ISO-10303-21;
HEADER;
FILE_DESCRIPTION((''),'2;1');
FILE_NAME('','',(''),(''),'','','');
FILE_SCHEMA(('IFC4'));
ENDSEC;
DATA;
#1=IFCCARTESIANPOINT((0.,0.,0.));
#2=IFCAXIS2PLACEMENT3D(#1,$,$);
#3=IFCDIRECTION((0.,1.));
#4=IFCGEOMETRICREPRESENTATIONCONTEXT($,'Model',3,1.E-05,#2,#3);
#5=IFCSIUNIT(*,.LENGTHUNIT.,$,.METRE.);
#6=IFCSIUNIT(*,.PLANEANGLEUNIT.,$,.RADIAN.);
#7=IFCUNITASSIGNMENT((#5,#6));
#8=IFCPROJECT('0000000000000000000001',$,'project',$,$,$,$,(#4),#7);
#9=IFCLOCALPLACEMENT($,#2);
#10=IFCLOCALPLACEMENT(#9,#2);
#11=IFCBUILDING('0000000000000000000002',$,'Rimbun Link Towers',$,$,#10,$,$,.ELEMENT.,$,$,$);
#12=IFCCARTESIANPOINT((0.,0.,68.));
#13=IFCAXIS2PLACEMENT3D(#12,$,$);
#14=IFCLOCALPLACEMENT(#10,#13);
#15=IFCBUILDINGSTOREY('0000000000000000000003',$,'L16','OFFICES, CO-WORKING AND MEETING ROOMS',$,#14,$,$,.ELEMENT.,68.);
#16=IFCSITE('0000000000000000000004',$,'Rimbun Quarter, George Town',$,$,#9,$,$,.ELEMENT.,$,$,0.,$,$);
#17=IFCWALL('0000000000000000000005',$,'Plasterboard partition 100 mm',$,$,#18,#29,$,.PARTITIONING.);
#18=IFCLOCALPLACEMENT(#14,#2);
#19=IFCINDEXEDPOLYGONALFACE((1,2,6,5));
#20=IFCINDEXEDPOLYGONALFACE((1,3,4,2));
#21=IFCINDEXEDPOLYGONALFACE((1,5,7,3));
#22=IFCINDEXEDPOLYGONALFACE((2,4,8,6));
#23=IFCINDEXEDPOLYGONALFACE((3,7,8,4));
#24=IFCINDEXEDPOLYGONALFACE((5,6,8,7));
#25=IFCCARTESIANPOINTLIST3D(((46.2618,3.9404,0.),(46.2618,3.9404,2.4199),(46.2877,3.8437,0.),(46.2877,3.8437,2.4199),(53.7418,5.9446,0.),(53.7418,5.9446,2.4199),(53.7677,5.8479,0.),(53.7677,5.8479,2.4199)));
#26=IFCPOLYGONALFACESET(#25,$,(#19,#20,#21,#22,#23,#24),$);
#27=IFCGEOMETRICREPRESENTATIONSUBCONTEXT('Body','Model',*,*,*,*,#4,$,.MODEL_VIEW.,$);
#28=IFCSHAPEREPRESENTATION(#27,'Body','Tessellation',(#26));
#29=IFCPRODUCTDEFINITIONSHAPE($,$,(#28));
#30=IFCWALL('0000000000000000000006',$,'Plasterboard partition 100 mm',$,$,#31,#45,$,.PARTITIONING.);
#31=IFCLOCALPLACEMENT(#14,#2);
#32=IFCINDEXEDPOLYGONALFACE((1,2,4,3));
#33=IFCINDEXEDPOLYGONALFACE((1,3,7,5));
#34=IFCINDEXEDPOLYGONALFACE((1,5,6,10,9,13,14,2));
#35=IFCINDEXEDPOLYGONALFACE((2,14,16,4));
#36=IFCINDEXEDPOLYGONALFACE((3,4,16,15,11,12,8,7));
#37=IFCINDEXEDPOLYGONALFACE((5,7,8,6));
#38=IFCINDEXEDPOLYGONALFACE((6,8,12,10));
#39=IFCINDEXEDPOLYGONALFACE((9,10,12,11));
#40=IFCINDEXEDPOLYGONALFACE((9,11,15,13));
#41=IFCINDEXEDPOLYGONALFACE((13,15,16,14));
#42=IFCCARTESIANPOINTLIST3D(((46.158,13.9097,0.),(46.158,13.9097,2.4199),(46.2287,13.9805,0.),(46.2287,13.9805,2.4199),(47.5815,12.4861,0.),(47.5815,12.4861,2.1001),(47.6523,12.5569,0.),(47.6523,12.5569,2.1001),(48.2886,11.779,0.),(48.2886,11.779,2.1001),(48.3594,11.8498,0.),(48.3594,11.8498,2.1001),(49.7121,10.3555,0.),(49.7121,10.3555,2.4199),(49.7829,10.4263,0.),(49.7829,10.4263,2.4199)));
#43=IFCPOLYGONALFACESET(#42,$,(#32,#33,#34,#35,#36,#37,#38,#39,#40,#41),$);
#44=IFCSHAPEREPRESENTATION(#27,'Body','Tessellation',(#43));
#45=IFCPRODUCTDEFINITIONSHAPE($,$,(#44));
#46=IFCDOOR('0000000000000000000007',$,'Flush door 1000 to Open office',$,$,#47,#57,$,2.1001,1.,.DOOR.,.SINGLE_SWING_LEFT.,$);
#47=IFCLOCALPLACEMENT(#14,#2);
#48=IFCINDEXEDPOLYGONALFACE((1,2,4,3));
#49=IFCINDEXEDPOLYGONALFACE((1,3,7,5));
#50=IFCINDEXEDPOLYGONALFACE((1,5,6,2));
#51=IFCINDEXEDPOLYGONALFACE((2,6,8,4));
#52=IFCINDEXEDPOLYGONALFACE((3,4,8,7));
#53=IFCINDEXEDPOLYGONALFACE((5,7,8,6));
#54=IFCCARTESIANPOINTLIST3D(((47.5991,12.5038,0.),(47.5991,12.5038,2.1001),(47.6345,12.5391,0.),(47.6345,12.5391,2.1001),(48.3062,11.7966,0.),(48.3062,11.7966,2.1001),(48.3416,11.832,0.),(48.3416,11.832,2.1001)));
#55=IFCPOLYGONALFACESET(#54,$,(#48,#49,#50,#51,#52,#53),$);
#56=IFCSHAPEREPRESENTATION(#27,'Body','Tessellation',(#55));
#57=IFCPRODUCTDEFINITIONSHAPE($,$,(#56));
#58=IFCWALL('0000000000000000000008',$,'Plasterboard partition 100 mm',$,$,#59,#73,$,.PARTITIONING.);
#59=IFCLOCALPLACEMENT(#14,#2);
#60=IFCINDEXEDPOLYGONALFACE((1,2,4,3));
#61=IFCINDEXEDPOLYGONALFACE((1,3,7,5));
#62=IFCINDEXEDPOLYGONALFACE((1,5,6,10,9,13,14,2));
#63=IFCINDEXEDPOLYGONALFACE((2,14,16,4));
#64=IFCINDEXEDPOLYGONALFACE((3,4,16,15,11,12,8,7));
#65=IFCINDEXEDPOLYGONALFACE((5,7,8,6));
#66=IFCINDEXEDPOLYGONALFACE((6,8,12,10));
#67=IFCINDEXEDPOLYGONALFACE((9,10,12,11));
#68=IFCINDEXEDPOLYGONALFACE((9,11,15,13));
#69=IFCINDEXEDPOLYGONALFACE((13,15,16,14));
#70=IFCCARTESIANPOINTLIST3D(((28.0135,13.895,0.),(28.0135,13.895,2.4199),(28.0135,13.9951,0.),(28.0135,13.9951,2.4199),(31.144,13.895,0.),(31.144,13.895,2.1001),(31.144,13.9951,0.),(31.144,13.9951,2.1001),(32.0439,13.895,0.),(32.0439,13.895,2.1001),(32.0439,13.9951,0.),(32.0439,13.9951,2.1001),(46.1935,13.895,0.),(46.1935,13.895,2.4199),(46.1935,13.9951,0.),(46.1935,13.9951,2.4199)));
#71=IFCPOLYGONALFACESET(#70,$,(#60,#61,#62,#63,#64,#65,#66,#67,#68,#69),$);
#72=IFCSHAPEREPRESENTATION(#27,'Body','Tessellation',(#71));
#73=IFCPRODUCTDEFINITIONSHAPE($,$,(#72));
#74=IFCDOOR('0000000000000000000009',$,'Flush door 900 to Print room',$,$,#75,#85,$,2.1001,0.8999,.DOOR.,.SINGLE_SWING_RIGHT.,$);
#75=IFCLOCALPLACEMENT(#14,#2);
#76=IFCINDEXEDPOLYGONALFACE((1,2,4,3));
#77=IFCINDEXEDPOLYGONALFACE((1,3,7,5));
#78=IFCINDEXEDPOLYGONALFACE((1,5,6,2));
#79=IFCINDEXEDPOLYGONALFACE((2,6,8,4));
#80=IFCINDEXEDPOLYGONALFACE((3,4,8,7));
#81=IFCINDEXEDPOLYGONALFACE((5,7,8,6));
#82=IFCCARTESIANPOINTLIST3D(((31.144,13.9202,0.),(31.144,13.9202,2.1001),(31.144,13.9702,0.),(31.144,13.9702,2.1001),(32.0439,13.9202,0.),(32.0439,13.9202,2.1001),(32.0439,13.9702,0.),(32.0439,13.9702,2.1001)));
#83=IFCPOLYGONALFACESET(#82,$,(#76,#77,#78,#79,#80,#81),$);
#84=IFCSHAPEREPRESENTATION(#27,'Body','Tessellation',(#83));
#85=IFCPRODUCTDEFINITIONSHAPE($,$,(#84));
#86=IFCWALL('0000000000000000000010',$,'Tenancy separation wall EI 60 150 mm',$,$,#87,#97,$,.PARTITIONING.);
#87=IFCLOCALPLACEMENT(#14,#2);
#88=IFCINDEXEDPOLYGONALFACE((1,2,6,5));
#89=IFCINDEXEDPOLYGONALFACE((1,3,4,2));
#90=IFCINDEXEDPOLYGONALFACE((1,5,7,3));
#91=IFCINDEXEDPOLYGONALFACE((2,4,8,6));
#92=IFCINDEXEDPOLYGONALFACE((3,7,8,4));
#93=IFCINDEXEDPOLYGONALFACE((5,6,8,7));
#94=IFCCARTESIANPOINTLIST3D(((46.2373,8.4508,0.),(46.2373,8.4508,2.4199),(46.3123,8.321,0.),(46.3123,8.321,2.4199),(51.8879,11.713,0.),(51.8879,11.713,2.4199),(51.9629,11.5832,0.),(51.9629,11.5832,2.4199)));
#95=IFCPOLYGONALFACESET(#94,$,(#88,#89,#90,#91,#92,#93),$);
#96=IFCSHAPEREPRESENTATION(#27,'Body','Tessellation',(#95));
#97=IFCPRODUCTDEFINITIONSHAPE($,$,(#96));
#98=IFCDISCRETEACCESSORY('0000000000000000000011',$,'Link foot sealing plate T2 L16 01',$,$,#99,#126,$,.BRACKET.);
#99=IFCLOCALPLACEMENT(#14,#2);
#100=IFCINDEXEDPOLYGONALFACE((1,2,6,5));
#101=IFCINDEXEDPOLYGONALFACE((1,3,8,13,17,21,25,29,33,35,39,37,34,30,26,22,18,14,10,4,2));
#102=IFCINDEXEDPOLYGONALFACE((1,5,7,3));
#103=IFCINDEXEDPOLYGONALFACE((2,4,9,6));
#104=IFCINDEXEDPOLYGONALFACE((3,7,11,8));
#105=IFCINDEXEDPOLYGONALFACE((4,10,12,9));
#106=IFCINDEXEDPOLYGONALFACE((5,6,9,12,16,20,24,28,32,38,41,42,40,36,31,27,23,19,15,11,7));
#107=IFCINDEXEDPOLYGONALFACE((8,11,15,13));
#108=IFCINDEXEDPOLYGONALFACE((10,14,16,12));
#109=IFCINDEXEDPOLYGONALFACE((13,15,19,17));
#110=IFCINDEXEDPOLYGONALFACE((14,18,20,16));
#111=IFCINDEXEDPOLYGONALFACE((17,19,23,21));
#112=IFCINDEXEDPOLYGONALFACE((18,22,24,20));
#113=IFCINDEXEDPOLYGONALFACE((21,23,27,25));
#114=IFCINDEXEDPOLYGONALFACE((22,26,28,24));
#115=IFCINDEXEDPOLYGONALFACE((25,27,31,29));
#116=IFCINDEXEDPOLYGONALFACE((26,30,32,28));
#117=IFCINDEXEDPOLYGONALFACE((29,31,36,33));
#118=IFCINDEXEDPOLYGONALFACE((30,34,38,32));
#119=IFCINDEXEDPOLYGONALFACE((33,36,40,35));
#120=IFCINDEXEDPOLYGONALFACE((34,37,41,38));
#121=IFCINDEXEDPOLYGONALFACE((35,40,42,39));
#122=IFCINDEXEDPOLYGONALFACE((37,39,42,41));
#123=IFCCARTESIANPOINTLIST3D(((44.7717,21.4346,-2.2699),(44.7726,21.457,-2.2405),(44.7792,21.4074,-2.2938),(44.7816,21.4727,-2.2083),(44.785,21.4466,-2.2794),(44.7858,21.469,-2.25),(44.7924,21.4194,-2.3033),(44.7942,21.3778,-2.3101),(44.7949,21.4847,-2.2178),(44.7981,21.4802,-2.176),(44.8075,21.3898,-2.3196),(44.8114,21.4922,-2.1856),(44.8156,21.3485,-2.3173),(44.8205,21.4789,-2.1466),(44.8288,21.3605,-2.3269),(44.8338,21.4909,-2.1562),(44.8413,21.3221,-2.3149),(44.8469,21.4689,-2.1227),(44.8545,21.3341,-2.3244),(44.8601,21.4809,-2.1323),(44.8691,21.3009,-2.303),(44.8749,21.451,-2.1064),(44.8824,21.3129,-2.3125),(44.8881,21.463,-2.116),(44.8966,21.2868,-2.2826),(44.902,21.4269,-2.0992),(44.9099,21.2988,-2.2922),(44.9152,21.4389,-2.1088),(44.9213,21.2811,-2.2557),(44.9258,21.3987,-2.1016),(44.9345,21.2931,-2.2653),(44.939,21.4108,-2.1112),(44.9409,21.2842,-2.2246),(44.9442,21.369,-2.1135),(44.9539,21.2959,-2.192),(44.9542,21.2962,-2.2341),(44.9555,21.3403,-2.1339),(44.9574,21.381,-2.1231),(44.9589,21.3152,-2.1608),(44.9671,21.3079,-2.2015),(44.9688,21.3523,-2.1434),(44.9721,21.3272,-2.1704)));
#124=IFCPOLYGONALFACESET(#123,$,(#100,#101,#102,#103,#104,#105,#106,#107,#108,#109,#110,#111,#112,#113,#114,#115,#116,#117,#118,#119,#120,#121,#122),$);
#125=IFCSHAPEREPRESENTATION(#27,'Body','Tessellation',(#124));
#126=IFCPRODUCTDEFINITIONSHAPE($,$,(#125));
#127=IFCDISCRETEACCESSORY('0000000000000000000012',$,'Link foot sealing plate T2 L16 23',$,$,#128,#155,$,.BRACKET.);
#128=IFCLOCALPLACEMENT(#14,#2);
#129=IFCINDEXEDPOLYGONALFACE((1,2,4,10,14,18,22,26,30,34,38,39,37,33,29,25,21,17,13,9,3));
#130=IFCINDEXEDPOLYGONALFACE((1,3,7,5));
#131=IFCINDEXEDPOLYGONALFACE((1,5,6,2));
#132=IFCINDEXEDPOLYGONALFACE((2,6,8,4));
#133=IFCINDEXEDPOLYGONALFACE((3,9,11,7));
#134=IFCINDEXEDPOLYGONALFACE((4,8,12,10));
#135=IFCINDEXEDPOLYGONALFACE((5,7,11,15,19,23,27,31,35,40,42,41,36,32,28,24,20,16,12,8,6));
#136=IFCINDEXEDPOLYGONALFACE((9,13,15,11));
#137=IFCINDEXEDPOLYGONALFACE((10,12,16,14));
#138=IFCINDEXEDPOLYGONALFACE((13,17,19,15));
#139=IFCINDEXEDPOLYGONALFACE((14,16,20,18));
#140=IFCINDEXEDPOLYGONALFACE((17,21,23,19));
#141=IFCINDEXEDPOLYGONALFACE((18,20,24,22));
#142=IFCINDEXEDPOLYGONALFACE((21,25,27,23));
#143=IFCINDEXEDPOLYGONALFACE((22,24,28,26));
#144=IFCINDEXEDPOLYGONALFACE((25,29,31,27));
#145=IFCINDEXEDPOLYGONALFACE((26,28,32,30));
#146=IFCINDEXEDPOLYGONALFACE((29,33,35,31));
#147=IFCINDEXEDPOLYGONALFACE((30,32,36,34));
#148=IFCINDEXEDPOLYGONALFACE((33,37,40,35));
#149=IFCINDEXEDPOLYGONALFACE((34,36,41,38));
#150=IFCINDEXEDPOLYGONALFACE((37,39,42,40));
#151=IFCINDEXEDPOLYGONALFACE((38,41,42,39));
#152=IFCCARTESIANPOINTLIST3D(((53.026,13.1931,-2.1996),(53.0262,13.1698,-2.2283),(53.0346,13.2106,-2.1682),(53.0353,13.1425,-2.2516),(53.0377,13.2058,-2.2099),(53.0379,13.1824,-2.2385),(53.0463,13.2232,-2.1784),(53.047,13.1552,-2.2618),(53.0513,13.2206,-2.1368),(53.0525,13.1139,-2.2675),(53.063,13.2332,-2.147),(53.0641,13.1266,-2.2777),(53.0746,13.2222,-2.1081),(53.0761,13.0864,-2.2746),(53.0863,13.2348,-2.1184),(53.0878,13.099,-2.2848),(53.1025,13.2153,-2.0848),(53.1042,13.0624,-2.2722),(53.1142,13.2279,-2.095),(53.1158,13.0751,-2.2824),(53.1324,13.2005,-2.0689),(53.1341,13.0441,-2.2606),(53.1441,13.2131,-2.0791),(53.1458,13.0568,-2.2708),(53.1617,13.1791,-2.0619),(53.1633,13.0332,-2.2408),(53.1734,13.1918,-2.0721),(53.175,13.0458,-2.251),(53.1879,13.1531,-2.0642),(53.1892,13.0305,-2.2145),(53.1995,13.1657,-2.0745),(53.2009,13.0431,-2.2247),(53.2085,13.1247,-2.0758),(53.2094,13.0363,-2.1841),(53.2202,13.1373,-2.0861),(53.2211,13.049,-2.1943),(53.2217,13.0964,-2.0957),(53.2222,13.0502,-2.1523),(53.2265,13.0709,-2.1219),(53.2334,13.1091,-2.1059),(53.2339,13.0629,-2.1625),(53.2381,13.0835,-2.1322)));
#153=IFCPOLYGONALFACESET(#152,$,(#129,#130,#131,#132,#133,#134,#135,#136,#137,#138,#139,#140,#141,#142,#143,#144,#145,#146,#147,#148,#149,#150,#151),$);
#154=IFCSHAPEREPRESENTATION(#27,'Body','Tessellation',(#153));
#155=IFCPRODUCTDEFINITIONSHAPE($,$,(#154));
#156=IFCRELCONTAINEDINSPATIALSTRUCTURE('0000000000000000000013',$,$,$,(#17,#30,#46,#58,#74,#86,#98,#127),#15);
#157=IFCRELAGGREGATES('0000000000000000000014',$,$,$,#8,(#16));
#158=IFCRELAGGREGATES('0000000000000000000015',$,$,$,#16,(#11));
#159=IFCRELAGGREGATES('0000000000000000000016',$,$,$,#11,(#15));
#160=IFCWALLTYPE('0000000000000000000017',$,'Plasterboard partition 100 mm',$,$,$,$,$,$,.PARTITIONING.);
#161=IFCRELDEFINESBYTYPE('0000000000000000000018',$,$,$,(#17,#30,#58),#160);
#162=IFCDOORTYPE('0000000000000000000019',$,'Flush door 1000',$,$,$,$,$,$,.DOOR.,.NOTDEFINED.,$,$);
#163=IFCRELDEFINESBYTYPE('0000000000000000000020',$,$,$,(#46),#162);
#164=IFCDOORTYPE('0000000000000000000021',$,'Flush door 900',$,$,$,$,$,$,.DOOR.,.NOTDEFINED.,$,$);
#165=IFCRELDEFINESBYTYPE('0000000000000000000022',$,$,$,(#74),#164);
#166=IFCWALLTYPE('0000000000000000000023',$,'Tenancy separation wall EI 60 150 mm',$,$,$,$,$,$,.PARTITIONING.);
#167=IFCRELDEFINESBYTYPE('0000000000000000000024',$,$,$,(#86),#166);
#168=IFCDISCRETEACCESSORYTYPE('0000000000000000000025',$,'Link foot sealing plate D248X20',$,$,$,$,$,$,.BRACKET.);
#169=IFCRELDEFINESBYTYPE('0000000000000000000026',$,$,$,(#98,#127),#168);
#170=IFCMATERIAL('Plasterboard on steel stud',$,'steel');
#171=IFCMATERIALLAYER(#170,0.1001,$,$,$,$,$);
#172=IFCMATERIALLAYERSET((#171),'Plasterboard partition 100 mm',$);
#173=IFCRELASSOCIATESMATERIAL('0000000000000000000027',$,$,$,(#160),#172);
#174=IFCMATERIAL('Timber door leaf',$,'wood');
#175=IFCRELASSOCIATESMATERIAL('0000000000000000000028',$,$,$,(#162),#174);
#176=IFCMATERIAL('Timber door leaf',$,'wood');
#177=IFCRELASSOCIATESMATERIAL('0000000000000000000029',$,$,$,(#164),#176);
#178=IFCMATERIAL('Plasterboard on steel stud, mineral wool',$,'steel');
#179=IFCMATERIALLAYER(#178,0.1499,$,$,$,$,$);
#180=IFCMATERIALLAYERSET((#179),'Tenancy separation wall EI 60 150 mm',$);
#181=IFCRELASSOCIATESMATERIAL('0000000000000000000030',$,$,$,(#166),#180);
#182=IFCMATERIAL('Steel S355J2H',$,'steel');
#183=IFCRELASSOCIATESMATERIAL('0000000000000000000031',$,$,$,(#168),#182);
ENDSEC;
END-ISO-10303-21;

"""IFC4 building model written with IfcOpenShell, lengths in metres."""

from ifc_helpers import new_model, si_unit, direction, frame, frame_2d, origin, origin_2d, place, context, subcontext, project, spatial, rectangle, circle, extrude, material, layer, layer_set, material_profile, profile_set, type_object, element, fill, save


model = new_model("IFC4")

# Units and contexts
model_context = context("Model", 3, precision=1e-05, world=origin(), true_north=direction((0.0, 1.0)))
body_context = subcontext(model_context, "Body", "Model", "MODEL_VIEW")
ifc_project = project(units=[si_unit("LENGTHUNIT", "METRE"), si_unit("PLANEANGLEUNIT", "RADIAN")], contexts=[model_context])

# Site, building, storey
site_placement = place(None, origin())
site = spatial("IfcSite", under=ifc_project, at=site_placement, Name="Rimbun Quarter, George Town", CompositionType="ELEMENT", RefElevation=0.0)
building_placement = place(site_placement, origin())
building = spatial("IfcBuilding", under=site, at=building_placement, Name="Rimbun Link Towers", CompositionType="ELEMENT")
storey_placement = place(building_placement, frame((0.0, 0.0, 68.0)))
storey = spatial("IfcBuildingStorey", under=building, at=storey_placement, Name="L16", Description="OFFICES, CO-WORKING AND MEETING ROOMS", CompositionType="ELEMENT", Elevation=68.0)

# Wall
ifc_material_1 = material(Name="Plasterboard on steel stud", Category="steel")
ifc_layer_1 = layer(ifc_material_1, 0.1001)
ifc_layer_set_1 = layer_set([ifc_layer_1], Name="Plasterboard partition 100 mm")
wall_type_1 = type_object("IfcWallType", Name="Plasterboard partition 100 mm", PredefinedType="PARTITIONING", material=ifc_layer_set_1)
wall_1_placement = place(storey_placement, frame((53.7549, 5.8962, 0.0), z_axis=(0.0, 0.0, 1.0), x_axis=(-0.965929, -0.258806, 0.0)))
element("IfcWall", 1, at=wall_1_placement, inside=storey, type_object=wall_type_1, Name="Plasterboard partition 100 mm", PredefinedType="PARTITIONING", context=body_context, shape_type="SweptSolid", body=[
    extrude(rectangle(XDim=7.7439, YDim=0.1001, at=frame_2d((3.8721, 0.0))), origin(), (0.0, 0.0, 1.0), 2.4199),
])

# Walls, openings, doors
wall_2_placement = place(storey_placement, frame((46.1934, 13.9451, 0.0), z_axis=(0.0, 0.0, 1.0), x_axis=(0.707107, -0.707107, 0.0)))
wall_2 = element("IfcWall", 2, at=wall_2_placement, inside=storey, type_object=wall_type_1, Name="Plasterboard partition 100 mm", PredefinedType="PARTITIONING", context=body_context, shape_type="SweptSolid", body=[
    extrude(rectangle(XDim=5.0264, YDim=0.1001, at=frame_2d((2.5132, 0.0))), origin(), (0.0, 0.0, 1.0), 2.4199),
])
opening_1_placement = place(wall_2_placement, frame((2.0132, 0.0, 0.0)))
opening_1 = element("IfcOpeningElement", 3, at=opening_1_placement, cuts=wall_2, PredefinedType="OPENING", context=body_context, shape_type="SweptSolid", body=[
    extrude(rectangle(XDim=1.0, YDim=2.1001, at=frame_2d((0.5, 1.05))), frame((0.0, 0.0601, 0.0), z_axis=(0.0, -1.0, 0.0), x_axis=(1.0, 0.0, 0.0)), (0.0, 0.0, 1.0), 0.1201),
])
ifc_material_2 = material(Name="Timber door leaf", Category="wood")
door_type_1 = type_object("IfcDoorType", Name="Flush door 1000", OperationType="NOTDEFINED", PredefinedType="DOOR", material=ifc_material_2)
door_1_placement = place(opening_1_placement, origin())
door_1 = element("IfcDoor", 4, at=door_1_placement, inside=storey, type_object=door_type_1, Name="Flush door 1000 to Open office", OperationType="SINGLE_SWING_LEFT", OverallHeight=2.1001, OverallWidth=1.0, PredefinedType="DOOR", context=body_context, shape_type="SweptSolid", body=[
    extrude(rectangle(XDim=1.0, YDim=2.1001, at=frame_2d((0.5, 1.05))), frame((0.0, 0.0249, 0.0), z_axis=(0.0, -1.0, 0.0), x_axis=(1.0, 0.0, 0.0)), (0.0, 0.0, 1.0), 0.05),
])
fill(opening_1, door_1)
wall_3_placement = place(storey_placement, frame((46.1934, 13.9451, 0.0), z_axis=(0.0, 0.0, 1.0), x_axis=(-1.0, 0.0, 0.0)))
wall_3 = element("IfcWall", 5, at=wall_3_placement, inside=storey, type_object=wall_type_1, Name="Plasterboard partition 100 mm", PredefinedType="PARTITIONING", context=body_context, shape_type="SweptSolid", body=[
    extrude(rectangle(XDim=18.1799, YDim=0.1001, at=frame_2d((9.0898, 0.0))), origin(), (0.0, 0.0, 1.0), 2.4199),
])
opening_2_placement = place(wall_3_placement, frame((14.1494, 0.0, 0.0)))
opening_2 = element("IfcOpeningElement", 6, at=opening_2_placement, cuts=wall_3, PredefinedType="OPENING", context=body_context, shape_type="SweptSolid", body=[
    extrude(rectangle(XDim=0.8999, YDim=2.1001, at=frame_2d((0.45, 1.05))), frame((0.0, 0.0601, 0.0), z_axis=(0.0, -1.0, 0.0), x_axis=(1.0, 0.0, 0.0)), (0.0, 0.0, 1.0), 0.1201),
])
ifc_material_3 = material(Name="Timber door leaf", Category="wood")
door_type_2 = type_object("IfcDoorType", Name="Flush door 900", OperationType="NOTDEFINED", PredefinedType="DOOR", material=ifc_material_3)
door_2_placement = place(opening_2_placement, origin())
door_2 = element("IfcDoor", 7, at=door_2_placement, inside=storey, type_object=door_type_2, Name="Flush door 900 to Print room", OperationType="SINGLE_SWING_RIGHT", OverallHeight=2.1001, OverallWidth=0.8999, PredefinedType="DOOR", context=body_context, shape_type="SweptSolid", body=[
    extrude(rectangle(XDim=0.8999, YDim=2.1001, at=frame_2d((0.45, 1.05))), frame((0.0, 0.0249, 0.0), z_axis=(0.0, -1.0, 0.0), x_axis=(1.0, 0.0, 0.0)), (0.0, 0.0, 1.0), 0.05),
])
fill(opening_2, door_2)

# Wall
ifc_material_4 = material(Name="Plasterboard on steel stud, mineral wool", Category="steel")
ifc_layer_2 = layer(ifc_material_4, 0.1499)
ifc_layer_set_2 = layer_set([ifc_layer_2], Name="Tenancy separation wall EI 60 150 mm")
wall_type_2 = type_object("IfcWallType", Name="Tenancy separation wall EI 60 150 mm", PredefinedType="PARTITIONING", material=ifc_layer_set_2)
wall_4_placement = place(storey_placement, frame((46.2749, 8.386, 0.0), z_axis=(0.0, 0.0, 1.0), x_axis=(0.866038, 0.499978, 0.0)))
element("IfcWall", 8, at=wall_4_placement, inside=storey, type_object=wall_type_2, Name="Tenancy separation wall EI 60 150 mm", PredefinedType="PARTITIONING", context=body_context, shape_type="SweptSolid", body=[
    extrude(rectangle(XDim=6.5247, YDim=0.1499, at=frame_2d((3.2622, 0.0))), origin(), (0.0, 0.0, 1.0), 2.4199),
])

# Discrete accessories
ifc_material_5 = material(Name="Steel S355J2H", Category="steel")
ifc_material_profile_1 = material_profile(ifc_material_5, circle(Radius=0.124, at=origin_2d()), Name="PL D248")
ifc_profile_set_1 = profile_set([ifc_material_profile_1], Name="Steel S355J2H")
discrete_accessory_type = type_object("IfcDiscreteAccessoryType", Name="Link foot sealing plate D248X20", PredefinedType="BRACKET", material=ifc_profile_set_1)
discrete_accessory_1_placement = place(storey_placement, frame((44.865, 21.3809, -2.2083), z_axis=(0.653024, 0.592559, -0.471629), x_axis=(-0.67199, 0.74056, 0.0)))
element("IfcDiscreteAccessory", 9, at=discrete_accessory_1_placement, inside=storey, type_object=discrete_accessory_type, Name="Link foot sealing plate T2 L16 01", PredefinedType="BRACKET", context=body_context, shape_type="SweptSolid", body=[
    extrude(circle(Radius=0.124, at=origin_2d()), origin(), (0.0, 0.0, 1.0), 0.0203),
])
discrete_accessory_2_placement = place(storey_placement, frame((53.1257, 13.1265, -2.1682), z_axis=(0.583288, 0.631895, -0.510377), x_axis=(-0.734803, 0.67828, 0.0)))
element("IfcDiscreteAccessory", 10, at=discrete_accessory_2_placement, inside=storey, type_object=discrete_accessory_type, Name="Link foot sealing plate T2 L16 23", PredefinedType="BRACKET", context=body_context, shape_type="SweptSolid", body=[
    extrude(circle(Radius=0.124, at=origin_2d()), origin(), (0.0, 0.0, 1.0), 0.02),
])

save(model, "model.ifc")
